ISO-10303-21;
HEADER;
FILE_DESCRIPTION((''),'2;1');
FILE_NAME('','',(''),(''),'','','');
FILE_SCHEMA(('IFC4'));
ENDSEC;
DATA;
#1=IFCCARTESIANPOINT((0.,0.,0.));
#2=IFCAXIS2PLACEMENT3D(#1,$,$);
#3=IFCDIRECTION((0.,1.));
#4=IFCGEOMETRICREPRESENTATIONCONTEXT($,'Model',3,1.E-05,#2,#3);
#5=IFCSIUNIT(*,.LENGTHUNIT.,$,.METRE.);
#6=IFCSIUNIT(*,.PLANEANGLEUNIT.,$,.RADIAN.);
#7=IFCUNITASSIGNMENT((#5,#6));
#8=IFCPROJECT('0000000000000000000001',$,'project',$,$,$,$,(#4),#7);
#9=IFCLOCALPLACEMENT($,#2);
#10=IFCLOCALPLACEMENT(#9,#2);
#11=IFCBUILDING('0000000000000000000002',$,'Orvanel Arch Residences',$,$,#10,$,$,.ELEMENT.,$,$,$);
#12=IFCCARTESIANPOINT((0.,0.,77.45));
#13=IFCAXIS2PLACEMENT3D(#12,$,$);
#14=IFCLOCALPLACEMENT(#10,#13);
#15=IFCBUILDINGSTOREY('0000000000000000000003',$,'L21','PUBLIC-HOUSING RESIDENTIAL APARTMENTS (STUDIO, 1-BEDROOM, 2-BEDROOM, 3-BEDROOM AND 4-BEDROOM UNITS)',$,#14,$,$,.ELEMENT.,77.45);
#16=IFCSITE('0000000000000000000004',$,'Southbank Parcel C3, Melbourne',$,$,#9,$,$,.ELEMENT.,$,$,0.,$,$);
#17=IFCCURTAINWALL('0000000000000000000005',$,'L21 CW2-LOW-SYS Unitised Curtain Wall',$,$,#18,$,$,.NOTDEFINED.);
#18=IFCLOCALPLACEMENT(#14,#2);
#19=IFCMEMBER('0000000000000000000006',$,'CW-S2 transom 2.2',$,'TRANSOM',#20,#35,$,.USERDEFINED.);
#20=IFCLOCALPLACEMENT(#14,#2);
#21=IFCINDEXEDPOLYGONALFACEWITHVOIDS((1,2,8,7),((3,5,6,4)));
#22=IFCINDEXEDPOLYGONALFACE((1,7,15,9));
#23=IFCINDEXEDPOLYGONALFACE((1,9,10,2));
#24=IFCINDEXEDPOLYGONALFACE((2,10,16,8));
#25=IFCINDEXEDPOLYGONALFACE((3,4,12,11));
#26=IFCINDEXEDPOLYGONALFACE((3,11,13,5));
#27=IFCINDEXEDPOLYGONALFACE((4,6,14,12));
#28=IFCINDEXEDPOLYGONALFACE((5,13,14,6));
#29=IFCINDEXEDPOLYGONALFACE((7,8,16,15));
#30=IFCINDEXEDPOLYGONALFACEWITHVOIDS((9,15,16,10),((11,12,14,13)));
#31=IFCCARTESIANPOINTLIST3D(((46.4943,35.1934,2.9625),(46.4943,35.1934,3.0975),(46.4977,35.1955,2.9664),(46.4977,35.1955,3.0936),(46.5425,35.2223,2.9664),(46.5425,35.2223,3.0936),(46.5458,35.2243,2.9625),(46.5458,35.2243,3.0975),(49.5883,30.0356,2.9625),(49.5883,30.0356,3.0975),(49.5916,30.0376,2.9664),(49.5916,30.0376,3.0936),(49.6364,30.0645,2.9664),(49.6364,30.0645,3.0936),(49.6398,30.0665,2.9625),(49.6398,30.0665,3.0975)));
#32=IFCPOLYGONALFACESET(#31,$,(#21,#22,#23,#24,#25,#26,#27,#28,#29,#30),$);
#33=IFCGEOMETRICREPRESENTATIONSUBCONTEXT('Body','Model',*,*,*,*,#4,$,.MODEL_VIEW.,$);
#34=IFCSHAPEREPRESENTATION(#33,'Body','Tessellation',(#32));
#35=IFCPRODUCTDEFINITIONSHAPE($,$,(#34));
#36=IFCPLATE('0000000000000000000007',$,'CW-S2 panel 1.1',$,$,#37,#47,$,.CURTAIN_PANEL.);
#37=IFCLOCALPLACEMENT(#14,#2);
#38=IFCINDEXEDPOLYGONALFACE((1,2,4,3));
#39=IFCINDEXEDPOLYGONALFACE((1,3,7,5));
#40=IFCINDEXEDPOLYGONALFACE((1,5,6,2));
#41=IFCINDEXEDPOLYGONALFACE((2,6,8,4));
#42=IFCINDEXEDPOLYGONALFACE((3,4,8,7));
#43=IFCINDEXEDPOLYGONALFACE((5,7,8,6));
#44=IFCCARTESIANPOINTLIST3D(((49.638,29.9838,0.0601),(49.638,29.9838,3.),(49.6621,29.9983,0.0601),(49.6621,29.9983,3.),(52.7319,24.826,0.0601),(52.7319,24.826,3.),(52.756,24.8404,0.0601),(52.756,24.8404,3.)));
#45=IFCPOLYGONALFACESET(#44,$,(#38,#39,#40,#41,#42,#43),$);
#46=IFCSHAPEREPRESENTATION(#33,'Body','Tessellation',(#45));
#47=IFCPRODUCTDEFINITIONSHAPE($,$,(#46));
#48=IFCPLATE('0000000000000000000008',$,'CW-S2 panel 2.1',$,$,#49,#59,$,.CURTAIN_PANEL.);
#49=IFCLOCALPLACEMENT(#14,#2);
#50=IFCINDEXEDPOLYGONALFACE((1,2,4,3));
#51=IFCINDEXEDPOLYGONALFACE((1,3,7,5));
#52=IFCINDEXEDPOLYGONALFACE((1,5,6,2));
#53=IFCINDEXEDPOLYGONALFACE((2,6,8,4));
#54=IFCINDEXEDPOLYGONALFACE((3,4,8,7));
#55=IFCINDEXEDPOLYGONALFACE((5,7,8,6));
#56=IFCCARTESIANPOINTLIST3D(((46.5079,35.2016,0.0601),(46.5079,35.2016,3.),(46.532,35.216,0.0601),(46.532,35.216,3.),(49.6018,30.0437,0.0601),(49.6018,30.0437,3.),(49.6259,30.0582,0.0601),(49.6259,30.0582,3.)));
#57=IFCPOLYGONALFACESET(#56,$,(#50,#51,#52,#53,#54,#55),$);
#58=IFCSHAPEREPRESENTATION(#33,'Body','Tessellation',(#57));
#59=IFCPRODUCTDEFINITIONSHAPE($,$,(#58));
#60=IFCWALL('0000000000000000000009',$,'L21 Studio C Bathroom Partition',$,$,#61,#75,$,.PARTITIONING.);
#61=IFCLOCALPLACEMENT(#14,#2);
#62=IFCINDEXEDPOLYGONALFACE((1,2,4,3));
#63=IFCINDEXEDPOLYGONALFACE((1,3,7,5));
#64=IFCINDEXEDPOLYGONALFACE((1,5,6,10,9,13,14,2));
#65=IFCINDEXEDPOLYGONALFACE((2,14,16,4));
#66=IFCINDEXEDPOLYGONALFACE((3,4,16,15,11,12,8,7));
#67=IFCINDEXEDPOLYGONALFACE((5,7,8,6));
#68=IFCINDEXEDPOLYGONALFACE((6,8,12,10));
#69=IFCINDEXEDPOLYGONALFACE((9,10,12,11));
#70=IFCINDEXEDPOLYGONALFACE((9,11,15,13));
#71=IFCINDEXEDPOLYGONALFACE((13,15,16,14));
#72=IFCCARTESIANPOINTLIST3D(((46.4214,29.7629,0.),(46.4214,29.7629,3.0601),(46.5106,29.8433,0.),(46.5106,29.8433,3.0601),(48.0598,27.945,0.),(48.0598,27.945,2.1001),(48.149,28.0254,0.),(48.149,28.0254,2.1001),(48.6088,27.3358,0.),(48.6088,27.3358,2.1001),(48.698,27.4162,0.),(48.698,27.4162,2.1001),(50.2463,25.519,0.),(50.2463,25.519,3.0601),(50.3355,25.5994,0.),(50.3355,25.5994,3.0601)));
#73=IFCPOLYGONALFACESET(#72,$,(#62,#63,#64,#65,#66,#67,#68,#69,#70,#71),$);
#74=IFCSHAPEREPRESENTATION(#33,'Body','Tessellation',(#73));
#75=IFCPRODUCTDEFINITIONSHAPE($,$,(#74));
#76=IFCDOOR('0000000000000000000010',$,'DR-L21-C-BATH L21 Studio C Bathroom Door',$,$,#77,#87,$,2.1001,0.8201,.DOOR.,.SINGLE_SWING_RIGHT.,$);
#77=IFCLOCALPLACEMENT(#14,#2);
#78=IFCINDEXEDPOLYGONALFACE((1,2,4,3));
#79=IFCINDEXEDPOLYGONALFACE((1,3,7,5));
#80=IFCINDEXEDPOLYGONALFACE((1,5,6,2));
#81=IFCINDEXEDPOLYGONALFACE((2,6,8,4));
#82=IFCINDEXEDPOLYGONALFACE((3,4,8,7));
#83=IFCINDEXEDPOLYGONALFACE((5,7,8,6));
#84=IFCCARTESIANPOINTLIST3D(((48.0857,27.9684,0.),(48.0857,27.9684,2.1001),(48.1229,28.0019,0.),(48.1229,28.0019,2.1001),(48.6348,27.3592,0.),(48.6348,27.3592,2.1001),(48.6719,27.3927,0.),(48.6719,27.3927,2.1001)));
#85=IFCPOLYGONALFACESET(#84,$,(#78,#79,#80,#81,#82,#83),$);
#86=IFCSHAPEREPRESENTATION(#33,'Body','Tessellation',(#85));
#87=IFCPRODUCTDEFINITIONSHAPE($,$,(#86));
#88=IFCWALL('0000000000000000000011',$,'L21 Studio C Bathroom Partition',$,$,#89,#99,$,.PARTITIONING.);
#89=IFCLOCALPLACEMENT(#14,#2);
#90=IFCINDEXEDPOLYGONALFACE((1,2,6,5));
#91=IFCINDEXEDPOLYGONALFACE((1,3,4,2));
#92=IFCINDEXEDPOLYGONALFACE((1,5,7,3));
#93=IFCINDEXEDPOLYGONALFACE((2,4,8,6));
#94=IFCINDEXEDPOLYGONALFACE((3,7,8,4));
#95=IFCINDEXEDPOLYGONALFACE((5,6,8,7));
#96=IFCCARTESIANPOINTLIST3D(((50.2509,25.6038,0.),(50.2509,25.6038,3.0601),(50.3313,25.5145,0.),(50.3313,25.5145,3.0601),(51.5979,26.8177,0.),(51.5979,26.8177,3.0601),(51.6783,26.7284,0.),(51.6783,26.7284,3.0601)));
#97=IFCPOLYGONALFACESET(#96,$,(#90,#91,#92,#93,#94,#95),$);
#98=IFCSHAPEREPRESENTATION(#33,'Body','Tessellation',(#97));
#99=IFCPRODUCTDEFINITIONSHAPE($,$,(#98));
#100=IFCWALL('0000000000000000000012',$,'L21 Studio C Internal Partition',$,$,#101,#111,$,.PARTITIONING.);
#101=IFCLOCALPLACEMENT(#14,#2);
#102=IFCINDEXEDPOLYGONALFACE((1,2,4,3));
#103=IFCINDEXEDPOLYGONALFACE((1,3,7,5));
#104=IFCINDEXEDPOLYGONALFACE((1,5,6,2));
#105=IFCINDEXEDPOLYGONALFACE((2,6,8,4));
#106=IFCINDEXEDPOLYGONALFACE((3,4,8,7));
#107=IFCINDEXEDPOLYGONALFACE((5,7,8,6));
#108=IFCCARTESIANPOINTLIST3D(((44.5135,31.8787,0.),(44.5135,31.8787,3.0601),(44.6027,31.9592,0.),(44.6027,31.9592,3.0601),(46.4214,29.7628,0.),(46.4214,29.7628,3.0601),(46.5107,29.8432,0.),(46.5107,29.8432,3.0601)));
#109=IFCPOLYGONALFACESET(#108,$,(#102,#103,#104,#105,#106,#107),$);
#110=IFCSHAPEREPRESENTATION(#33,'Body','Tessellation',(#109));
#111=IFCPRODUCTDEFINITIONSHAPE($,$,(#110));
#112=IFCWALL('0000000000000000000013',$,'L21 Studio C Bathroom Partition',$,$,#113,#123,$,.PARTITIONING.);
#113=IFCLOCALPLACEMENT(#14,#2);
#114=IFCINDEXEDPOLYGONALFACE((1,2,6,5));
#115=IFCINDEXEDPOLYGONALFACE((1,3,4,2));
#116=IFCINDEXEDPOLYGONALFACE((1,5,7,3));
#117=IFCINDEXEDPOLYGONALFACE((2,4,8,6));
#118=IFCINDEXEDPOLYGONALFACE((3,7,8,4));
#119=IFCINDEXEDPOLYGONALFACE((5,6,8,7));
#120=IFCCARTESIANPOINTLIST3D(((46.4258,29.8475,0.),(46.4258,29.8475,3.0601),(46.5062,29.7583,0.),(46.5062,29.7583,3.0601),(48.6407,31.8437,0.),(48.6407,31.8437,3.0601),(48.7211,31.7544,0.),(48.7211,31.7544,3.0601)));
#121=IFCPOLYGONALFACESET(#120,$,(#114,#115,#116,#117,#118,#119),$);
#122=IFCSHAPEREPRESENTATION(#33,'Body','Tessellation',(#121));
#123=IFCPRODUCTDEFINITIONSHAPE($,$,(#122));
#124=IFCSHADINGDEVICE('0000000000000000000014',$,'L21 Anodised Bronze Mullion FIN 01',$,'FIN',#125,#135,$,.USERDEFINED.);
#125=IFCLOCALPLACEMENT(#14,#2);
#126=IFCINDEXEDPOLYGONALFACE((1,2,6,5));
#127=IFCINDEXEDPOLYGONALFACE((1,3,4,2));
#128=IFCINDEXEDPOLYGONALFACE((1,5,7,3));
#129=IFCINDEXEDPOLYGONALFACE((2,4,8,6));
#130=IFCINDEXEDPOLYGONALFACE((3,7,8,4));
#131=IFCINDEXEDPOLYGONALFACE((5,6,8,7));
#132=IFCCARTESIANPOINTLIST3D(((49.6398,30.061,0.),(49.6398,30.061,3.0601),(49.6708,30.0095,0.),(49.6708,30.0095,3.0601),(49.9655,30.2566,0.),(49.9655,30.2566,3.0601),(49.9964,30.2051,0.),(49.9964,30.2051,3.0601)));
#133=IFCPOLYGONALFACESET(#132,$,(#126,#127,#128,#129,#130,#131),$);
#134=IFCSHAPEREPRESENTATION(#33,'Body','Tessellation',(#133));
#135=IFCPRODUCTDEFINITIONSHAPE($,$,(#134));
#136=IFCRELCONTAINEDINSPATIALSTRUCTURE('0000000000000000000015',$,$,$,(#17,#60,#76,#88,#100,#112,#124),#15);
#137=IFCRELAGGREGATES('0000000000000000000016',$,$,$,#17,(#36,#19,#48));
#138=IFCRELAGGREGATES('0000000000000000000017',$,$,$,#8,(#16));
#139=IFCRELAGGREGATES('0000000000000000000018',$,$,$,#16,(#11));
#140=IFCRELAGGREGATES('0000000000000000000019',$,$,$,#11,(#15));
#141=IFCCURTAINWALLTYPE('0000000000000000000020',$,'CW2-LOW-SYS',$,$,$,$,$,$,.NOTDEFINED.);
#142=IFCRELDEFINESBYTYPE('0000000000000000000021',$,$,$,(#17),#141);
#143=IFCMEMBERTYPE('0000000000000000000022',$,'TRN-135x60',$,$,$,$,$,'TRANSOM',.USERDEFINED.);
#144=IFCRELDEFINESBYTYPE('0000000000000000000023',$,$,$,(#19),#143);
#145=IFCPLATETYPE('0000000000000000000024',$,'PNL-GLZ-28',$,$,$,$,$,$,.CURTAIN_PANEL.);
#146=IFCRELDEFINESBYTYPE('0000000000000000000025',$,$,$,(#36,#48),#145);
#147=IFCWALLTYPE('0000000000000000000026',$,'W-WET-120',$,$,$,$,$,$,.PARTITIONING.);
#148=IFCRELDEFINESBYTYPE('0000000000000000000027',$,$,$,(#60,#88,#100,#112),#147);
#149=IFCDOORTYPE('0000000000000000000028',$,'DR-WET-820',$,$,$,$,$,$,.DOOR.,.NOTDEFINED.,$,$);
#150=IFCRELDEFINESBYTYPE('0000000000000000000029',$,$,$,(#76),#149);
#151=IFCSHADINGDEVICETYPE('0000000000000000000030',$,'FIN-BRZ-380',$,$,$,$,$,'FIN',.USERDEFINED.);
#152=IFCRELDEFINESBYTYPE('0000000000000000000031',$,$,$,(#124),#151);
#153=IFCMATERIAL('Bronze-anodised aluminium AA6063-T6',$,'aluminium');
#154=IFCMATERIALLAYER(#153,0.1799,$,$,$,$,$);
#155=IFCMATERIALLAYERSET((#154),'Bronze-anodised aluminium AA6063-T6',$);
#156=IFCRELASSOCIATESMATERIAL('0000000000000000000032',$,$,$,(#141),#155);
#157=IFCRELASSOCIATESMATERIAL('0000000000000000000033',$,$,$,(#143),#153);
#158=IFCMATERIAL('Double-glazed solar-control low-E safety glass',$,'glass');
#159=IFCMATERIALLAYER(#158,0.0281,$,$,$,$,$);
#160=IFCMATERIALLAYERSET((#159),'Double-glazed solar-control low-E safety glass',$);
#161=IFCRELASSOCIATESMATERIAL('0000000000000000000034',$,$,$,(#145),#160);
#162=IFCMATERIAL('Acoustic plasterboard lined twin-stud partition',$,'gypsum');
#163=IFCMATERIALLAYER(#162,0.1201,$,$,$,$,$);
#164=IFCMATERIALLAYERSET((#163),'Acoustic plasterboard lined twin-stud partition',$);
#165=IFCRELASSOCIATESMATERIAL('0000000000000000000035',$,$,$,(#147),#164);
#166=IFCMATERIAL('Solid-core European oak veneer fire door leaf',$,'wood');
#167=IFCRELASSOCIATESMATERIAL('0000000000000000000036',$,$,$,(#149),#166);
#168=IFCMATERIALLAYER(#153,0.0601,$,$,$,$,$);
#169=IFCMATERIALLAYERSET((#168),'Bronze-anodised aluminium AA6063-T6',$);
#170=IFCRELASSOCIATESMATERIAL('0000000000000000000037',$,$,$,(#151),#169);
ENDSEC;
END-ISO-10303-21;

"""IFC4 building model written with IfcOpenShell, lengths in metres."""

from ifc_helpers import new_model, si_unit, direction, frame, frame_2d, origin, origin_2d, place, context, subcontext, project, spatial, rectangle, hollow_rectangle, extrude, material, layer, layer_set, material_profile, profile_set, type_object, element, fill, aggregate, save


model = new_model("IFC4")

# Units and contexts
model_context = context("Model", 3, precision=1e-05, world=origin(), true_north=direction((0.0, 1.0)))
body_context = subcontext(model_context, "Body", "Model", "MODEL_VIEW")
ifc_project = project(units=[si_unit("LENGTHUNIT", "METRE"), si_unit("PLANEANGLEUNIT", "RADIAN")], contexts=[model_context])

# Site, building, storey
site_placement = place(None, origin())
site = spatial("IfcSite", under=ifc_project, at=site_placement, Name="Southbank Parcel C3, Melbourne", CompositionType="ELEMENT", RefElevation=0.0)
building_placement = place(site_placement, origin())
building = spatial("IfcBuilding", under=site, at=building_placement, Name="Orvanel Arch Residences", CompositionType="ELEMENT")
storey_placement = place(building_placement, frame((0.0, 0.0, 77.45)))
storey = spatial("IfcBuildingStorey", under=building, at=storey_placement, Name="L21", Description="PUBLIC-HOUSING RESIDENTIAL APARTMENTS (STUDIO, 1-BEDROOM, 2-BEDROOM, 3-BEDROOM AND 4-BEDROOM UNITS)", CompositionType="ELEMENT", Elevation=77.45)

# Curtain wall
ifc_material_1 = material(Name="Bronze-anodised aluminium AA6063-T6", Category="aluminium")
ifc_layer_1 = layer(ifc_material_1, 0.1799)
ifc_layer_set_1 = layer_set([ifc_layer_1], Name="Bronze-anodised aluminium AA6063-T6")
curtain_wall_type = type_object("IfcCurtainWallType", Name="CW2-LOW-SYS", PredefinedType="NOTDEFINED", material=ifc_layer_set_1)
curtain_wall_placement = place(storey_placement, origin())
curtain_wall = element("IfcCurtainWall", 1, at=curtain_wall_placement, inside=storey, type_object=curtain_wall_type, Name="L21 CW2-LOW-SYS Unitised Curtain Wall", PredefinedType="NOTDEFINED")

# Member
ifc_material_profile_1 = material_profile(ifc_material_1, hollow_rectangle(XDim=0.0601, YDim=0.135, WallThickness=0.0039, at=origin_2d()), Name="ALU135x60x4")
ifc_profile_set_1 = profile_set([ifc_material_profile_1], Name="Bronze-anodised aluminium AA6063-T6")
member_type_1 = type_object("IfcMemberType", Name="TRN-135x60", ElementType="TRANSOM", PredefinedType="USERDEFINED", material=ifc_profile_set_1)
member_1_placement = place(storey_placement, frame((49.614, 30.051, 3.03), z_axis=(-0.5144, 0.85755, 0.0), x_axis=(-0.85755, -0.5144, 0.0)))
member_1 = element("IfcMember", 2, at=member_1_placement, type_object=member_type_1, Name="CW-S2 transom 2.2", ObjectType="TRANSOM", PredefinedType="USERDEFINED", context=body_context, shape_type="SweptSolid", body=[
    extrude(hollow_rectangle(XDim=0.0601, YDim=0.135, WallThickness=0.0039, at=origin_2d()), origin(), (0.0, 0.0, 1.0), 6.0146),
])

# Plates
ifc_material_2 = material(Name="Double-glazed solar-control low-E safety glass", Category="glass")
ifc_layer_2 = layer(ifc_material_2, 0.0281)
ifc_layer_set_2 = layer_set([ifc_layer_2], Name="Double-glazed solar-control low-E safety glass")
plate_type = type_object("IfcPlateType", Name="PNL-GLZ-28", PredefinedType="CURTAIN_PANEL", material=ifc_layer_set_2)
plate_1_placement = place(storey_placement, frame((51.197, 27.4121, 0.0601), z_axis=(0.0, 0.0, 1.0), x_axis=(-0.5144, 0.857551, 0.0)))
plate_1 = element("IfcPlate", 3, at=plate_1_placement, type_object=plate_type, Name="CW-S2 panel 1.1", PredefinedType="CURTAIN_PANEL", context=body_context, shape_type="SweptSolid", body=[
    extrude(rectangle(XDim=6.0146, YDim=0.0281, at=origin_2d()), origin(), (0.0, 0.0, 1.0), 2.9399),
])
plate_2_placement = place(storey_placement, frame((48.0669, 32.6299, 0.0601), z_axis=(0.0, 0.0, 1.0), x_axis=(-0.5144, 0.857551, 0.0)))
plate_2 = element("IfcPlate", 4, at=plate_2_placement, type_object=plate_type, Name="CW-S2 panel 2.1", PredefinedType="CURTAIN_PANEL", context=body_context, shape_type="SweptSolid", body=[
    extrude(rectangle(XDim=6.0146, YDim=0.0281, at=origin_2d()), origin(), (0.0, 0.0, 1.0), 2.9399),
])
aggregate(curtain_wall, [plate_1, member_1, plate_2])

# Wall, opening, door
ifc_material_3 = material(Name="Acoustic plasterboard lined twin-stud partition", Category="gypsum")
ifc_layer_3 = layer(ifc_material_3, 0.1201)
ifc_layer_set_3 = layer_set([ifc_layer_3], Name="Acoustic plasterboard lined twin-stud partition")
wall_type = type_object("IfcWallType", Name="W-WET-120", PredefinedType="PARTITIONING", material=ifc_layer_set_3)
wall_1_placement = place(storey_placement, frame((46.4661, 29.803, 0.0), z_axis=(0.0, 0.0, 1.0), x_axis=(0.669491, -0.74282, 0.0)))
wall_1 = element("IfcWall", 5, at=wall_1_placement, inside=storey, type_object=wall_type, Name="L21 Studio C Bathroom Partition", PredefinedType="PARTITIONING", context=body_context, shape_type="SweptSolid", body=[
    extrude(rectangle(XDim=5.7131, YDim=0.1201, at=frame_2d((2.8564, 0.0))), origin(), (0.0, 0.0, 1.0), 3.0601),
])
opening_placement = place(wall_1_placement, frame((2.447, 0.0, 0.0)))
opening = element("IfcOpeningElement", 6, at=opening_placement, cuts=wall_1, PredefinedType="OPENING", context=body_context, shape_type="SweptSolid", body=[
    extrude(rectangle(XDim=0.8201, YDim=2.1001, at=frame_2d((0.4102, 1.05))), frame((0.0, 0.0701, 0.0), z_axis=(0.0, -1.0, 0.0), x_axis=(1.0, 0.0, 0.0)), (0.0, 0.0, 1.0), 0.1401),
])
ifc_material_4 = material(Name="Solid-core European oak veneer fire door leaf", Category="wood")
door_type = type_object("IfcDoorType", Name="DR-WET-820", OperationType="NOTDEFINED", PredefinedType="DOOR", material=ifc_material_4)
door_placement = place(opening_placement, origin())
door = element("IfcDoor", 7, at=door_placement, inside=storey, type_object=door_type, Name="DR-L21-C-BATH L21 Studio C Bathroom Door", OperationType="SINGLE_SWING_RIGHT", OverallHeight=2.1001, OverallWidth=0.8201, PredefinedType="DOOR", context=body_context, shape_type="SweptSolid", body=[
    extrude(rectangle(XDim=0.8201, YDim=2.1001, at=frame_2d((0.4102, 1.05))), frame((0.0, 0.0249, 0.0), z_axis=(0.0, -1.0, 0.0), x_axis=(1.0, 0.0, 0.0)), (0.0, 0.0, 1.0), 0.05),
])
fill(opening, door)

# Walls
wall_2_placement = place(storey_placement, frame((50.291, 25.5591, 0.0), z_axis=(0.0, 0.0, 1.0), x_axis=(0.742845, 0.669463, 0.0)))
element("IfcWall", 8, at=wall_2_placement, inside=storey, type_object=wall_type, Name="L21 Studio C Bathroom Partition", PredefinedType="PARTITIONING", context=body_context, shape_type="SweptSolid", body=[
    extrude(rectangle(XDim=1.8132, YDim=0.1201, at=frame_2d((0.9067, 0.0))), origin(), (0.0, 0.0, 1.0), 3.0601),
])
wall_3_placement = place(storey_placement, frame((44.5581, 31.9189, 0.0), z_axis=(0.0, 0.0, 1.0), x_axis=(0.66966, -0.742667, 0.0)))
element("IfcWall", 9, at=wall_3_placement, inside=storey, type_object=wall_type, Name="L21 Studio C Internal Partition", PredefinedType="PARTITIONING", context=body_context, shape_type="SweptSolid", body=[
    extrude(rectangle(XDim=2.8491, YDim=0.1201, at=frame_2d((1.4246, 0.0))), origin(), (0.0, 0.0, 1.0), 3.0601),
])
wall_4_placement = place(storey_placement, frame((46.4661, 29.803, 0.0), z_axis=(0.0, 0.0, 1.0), x_axis=(0.742838, 0.669471, 0.0)))
element("IfcWall", 10, at=wall_4_placement, inside=storey, type_object=wall_type, Name="L21 Studio C Bathroom Partition", PredefinedType="PARTITIONING", context=body_context, shape_type="SweptSolid", body=[
    extrude(rectangle(XDim=2.9817, YDim=0.1201, at=frame_2d((1.4907, 0.0))), origin(), (0.0, 0.0, 1.0), 3.0601),
])

# Shading device
ifc_layer_4 = layer(ifc_material_1, 0.0601)
ifc_layer_set_4 = layer_set([ifc_layer_4], Name="Bronze-anodised aluminium AA6063-T6")
shading_device_type = type_object("IfcShadingDeviceType", Name="FIN-BRZ-380", ElementType="FIN", PredefinedType="USERDEFINED", material=ifc_layer_set_4)
shading_device_placement = place(storey_placement, frame((49.8181, 30.1331, 0.0), z_axis=(0.0, 0.0, 1.0), x_axis=(0.857167, 0.515038, 0.0)))
element("IfcShadingDevice", 11, at=shading_device_placement, inside=storey, type_object=shading_device_type, Name="L21 Anodised Bronze Mullion FIN 01", ObjectType="FIN", PredefinedType="USERDEFINED", context=body_context, shape_type="SweptSolid", body=[
    extrude(rectangle(XDim=0.3799, YDim=0.0601, at=origin_2d()), origin(), (0.0, 0.0, 1.0), 3.0601),
])

save(model, "model.ifc")
